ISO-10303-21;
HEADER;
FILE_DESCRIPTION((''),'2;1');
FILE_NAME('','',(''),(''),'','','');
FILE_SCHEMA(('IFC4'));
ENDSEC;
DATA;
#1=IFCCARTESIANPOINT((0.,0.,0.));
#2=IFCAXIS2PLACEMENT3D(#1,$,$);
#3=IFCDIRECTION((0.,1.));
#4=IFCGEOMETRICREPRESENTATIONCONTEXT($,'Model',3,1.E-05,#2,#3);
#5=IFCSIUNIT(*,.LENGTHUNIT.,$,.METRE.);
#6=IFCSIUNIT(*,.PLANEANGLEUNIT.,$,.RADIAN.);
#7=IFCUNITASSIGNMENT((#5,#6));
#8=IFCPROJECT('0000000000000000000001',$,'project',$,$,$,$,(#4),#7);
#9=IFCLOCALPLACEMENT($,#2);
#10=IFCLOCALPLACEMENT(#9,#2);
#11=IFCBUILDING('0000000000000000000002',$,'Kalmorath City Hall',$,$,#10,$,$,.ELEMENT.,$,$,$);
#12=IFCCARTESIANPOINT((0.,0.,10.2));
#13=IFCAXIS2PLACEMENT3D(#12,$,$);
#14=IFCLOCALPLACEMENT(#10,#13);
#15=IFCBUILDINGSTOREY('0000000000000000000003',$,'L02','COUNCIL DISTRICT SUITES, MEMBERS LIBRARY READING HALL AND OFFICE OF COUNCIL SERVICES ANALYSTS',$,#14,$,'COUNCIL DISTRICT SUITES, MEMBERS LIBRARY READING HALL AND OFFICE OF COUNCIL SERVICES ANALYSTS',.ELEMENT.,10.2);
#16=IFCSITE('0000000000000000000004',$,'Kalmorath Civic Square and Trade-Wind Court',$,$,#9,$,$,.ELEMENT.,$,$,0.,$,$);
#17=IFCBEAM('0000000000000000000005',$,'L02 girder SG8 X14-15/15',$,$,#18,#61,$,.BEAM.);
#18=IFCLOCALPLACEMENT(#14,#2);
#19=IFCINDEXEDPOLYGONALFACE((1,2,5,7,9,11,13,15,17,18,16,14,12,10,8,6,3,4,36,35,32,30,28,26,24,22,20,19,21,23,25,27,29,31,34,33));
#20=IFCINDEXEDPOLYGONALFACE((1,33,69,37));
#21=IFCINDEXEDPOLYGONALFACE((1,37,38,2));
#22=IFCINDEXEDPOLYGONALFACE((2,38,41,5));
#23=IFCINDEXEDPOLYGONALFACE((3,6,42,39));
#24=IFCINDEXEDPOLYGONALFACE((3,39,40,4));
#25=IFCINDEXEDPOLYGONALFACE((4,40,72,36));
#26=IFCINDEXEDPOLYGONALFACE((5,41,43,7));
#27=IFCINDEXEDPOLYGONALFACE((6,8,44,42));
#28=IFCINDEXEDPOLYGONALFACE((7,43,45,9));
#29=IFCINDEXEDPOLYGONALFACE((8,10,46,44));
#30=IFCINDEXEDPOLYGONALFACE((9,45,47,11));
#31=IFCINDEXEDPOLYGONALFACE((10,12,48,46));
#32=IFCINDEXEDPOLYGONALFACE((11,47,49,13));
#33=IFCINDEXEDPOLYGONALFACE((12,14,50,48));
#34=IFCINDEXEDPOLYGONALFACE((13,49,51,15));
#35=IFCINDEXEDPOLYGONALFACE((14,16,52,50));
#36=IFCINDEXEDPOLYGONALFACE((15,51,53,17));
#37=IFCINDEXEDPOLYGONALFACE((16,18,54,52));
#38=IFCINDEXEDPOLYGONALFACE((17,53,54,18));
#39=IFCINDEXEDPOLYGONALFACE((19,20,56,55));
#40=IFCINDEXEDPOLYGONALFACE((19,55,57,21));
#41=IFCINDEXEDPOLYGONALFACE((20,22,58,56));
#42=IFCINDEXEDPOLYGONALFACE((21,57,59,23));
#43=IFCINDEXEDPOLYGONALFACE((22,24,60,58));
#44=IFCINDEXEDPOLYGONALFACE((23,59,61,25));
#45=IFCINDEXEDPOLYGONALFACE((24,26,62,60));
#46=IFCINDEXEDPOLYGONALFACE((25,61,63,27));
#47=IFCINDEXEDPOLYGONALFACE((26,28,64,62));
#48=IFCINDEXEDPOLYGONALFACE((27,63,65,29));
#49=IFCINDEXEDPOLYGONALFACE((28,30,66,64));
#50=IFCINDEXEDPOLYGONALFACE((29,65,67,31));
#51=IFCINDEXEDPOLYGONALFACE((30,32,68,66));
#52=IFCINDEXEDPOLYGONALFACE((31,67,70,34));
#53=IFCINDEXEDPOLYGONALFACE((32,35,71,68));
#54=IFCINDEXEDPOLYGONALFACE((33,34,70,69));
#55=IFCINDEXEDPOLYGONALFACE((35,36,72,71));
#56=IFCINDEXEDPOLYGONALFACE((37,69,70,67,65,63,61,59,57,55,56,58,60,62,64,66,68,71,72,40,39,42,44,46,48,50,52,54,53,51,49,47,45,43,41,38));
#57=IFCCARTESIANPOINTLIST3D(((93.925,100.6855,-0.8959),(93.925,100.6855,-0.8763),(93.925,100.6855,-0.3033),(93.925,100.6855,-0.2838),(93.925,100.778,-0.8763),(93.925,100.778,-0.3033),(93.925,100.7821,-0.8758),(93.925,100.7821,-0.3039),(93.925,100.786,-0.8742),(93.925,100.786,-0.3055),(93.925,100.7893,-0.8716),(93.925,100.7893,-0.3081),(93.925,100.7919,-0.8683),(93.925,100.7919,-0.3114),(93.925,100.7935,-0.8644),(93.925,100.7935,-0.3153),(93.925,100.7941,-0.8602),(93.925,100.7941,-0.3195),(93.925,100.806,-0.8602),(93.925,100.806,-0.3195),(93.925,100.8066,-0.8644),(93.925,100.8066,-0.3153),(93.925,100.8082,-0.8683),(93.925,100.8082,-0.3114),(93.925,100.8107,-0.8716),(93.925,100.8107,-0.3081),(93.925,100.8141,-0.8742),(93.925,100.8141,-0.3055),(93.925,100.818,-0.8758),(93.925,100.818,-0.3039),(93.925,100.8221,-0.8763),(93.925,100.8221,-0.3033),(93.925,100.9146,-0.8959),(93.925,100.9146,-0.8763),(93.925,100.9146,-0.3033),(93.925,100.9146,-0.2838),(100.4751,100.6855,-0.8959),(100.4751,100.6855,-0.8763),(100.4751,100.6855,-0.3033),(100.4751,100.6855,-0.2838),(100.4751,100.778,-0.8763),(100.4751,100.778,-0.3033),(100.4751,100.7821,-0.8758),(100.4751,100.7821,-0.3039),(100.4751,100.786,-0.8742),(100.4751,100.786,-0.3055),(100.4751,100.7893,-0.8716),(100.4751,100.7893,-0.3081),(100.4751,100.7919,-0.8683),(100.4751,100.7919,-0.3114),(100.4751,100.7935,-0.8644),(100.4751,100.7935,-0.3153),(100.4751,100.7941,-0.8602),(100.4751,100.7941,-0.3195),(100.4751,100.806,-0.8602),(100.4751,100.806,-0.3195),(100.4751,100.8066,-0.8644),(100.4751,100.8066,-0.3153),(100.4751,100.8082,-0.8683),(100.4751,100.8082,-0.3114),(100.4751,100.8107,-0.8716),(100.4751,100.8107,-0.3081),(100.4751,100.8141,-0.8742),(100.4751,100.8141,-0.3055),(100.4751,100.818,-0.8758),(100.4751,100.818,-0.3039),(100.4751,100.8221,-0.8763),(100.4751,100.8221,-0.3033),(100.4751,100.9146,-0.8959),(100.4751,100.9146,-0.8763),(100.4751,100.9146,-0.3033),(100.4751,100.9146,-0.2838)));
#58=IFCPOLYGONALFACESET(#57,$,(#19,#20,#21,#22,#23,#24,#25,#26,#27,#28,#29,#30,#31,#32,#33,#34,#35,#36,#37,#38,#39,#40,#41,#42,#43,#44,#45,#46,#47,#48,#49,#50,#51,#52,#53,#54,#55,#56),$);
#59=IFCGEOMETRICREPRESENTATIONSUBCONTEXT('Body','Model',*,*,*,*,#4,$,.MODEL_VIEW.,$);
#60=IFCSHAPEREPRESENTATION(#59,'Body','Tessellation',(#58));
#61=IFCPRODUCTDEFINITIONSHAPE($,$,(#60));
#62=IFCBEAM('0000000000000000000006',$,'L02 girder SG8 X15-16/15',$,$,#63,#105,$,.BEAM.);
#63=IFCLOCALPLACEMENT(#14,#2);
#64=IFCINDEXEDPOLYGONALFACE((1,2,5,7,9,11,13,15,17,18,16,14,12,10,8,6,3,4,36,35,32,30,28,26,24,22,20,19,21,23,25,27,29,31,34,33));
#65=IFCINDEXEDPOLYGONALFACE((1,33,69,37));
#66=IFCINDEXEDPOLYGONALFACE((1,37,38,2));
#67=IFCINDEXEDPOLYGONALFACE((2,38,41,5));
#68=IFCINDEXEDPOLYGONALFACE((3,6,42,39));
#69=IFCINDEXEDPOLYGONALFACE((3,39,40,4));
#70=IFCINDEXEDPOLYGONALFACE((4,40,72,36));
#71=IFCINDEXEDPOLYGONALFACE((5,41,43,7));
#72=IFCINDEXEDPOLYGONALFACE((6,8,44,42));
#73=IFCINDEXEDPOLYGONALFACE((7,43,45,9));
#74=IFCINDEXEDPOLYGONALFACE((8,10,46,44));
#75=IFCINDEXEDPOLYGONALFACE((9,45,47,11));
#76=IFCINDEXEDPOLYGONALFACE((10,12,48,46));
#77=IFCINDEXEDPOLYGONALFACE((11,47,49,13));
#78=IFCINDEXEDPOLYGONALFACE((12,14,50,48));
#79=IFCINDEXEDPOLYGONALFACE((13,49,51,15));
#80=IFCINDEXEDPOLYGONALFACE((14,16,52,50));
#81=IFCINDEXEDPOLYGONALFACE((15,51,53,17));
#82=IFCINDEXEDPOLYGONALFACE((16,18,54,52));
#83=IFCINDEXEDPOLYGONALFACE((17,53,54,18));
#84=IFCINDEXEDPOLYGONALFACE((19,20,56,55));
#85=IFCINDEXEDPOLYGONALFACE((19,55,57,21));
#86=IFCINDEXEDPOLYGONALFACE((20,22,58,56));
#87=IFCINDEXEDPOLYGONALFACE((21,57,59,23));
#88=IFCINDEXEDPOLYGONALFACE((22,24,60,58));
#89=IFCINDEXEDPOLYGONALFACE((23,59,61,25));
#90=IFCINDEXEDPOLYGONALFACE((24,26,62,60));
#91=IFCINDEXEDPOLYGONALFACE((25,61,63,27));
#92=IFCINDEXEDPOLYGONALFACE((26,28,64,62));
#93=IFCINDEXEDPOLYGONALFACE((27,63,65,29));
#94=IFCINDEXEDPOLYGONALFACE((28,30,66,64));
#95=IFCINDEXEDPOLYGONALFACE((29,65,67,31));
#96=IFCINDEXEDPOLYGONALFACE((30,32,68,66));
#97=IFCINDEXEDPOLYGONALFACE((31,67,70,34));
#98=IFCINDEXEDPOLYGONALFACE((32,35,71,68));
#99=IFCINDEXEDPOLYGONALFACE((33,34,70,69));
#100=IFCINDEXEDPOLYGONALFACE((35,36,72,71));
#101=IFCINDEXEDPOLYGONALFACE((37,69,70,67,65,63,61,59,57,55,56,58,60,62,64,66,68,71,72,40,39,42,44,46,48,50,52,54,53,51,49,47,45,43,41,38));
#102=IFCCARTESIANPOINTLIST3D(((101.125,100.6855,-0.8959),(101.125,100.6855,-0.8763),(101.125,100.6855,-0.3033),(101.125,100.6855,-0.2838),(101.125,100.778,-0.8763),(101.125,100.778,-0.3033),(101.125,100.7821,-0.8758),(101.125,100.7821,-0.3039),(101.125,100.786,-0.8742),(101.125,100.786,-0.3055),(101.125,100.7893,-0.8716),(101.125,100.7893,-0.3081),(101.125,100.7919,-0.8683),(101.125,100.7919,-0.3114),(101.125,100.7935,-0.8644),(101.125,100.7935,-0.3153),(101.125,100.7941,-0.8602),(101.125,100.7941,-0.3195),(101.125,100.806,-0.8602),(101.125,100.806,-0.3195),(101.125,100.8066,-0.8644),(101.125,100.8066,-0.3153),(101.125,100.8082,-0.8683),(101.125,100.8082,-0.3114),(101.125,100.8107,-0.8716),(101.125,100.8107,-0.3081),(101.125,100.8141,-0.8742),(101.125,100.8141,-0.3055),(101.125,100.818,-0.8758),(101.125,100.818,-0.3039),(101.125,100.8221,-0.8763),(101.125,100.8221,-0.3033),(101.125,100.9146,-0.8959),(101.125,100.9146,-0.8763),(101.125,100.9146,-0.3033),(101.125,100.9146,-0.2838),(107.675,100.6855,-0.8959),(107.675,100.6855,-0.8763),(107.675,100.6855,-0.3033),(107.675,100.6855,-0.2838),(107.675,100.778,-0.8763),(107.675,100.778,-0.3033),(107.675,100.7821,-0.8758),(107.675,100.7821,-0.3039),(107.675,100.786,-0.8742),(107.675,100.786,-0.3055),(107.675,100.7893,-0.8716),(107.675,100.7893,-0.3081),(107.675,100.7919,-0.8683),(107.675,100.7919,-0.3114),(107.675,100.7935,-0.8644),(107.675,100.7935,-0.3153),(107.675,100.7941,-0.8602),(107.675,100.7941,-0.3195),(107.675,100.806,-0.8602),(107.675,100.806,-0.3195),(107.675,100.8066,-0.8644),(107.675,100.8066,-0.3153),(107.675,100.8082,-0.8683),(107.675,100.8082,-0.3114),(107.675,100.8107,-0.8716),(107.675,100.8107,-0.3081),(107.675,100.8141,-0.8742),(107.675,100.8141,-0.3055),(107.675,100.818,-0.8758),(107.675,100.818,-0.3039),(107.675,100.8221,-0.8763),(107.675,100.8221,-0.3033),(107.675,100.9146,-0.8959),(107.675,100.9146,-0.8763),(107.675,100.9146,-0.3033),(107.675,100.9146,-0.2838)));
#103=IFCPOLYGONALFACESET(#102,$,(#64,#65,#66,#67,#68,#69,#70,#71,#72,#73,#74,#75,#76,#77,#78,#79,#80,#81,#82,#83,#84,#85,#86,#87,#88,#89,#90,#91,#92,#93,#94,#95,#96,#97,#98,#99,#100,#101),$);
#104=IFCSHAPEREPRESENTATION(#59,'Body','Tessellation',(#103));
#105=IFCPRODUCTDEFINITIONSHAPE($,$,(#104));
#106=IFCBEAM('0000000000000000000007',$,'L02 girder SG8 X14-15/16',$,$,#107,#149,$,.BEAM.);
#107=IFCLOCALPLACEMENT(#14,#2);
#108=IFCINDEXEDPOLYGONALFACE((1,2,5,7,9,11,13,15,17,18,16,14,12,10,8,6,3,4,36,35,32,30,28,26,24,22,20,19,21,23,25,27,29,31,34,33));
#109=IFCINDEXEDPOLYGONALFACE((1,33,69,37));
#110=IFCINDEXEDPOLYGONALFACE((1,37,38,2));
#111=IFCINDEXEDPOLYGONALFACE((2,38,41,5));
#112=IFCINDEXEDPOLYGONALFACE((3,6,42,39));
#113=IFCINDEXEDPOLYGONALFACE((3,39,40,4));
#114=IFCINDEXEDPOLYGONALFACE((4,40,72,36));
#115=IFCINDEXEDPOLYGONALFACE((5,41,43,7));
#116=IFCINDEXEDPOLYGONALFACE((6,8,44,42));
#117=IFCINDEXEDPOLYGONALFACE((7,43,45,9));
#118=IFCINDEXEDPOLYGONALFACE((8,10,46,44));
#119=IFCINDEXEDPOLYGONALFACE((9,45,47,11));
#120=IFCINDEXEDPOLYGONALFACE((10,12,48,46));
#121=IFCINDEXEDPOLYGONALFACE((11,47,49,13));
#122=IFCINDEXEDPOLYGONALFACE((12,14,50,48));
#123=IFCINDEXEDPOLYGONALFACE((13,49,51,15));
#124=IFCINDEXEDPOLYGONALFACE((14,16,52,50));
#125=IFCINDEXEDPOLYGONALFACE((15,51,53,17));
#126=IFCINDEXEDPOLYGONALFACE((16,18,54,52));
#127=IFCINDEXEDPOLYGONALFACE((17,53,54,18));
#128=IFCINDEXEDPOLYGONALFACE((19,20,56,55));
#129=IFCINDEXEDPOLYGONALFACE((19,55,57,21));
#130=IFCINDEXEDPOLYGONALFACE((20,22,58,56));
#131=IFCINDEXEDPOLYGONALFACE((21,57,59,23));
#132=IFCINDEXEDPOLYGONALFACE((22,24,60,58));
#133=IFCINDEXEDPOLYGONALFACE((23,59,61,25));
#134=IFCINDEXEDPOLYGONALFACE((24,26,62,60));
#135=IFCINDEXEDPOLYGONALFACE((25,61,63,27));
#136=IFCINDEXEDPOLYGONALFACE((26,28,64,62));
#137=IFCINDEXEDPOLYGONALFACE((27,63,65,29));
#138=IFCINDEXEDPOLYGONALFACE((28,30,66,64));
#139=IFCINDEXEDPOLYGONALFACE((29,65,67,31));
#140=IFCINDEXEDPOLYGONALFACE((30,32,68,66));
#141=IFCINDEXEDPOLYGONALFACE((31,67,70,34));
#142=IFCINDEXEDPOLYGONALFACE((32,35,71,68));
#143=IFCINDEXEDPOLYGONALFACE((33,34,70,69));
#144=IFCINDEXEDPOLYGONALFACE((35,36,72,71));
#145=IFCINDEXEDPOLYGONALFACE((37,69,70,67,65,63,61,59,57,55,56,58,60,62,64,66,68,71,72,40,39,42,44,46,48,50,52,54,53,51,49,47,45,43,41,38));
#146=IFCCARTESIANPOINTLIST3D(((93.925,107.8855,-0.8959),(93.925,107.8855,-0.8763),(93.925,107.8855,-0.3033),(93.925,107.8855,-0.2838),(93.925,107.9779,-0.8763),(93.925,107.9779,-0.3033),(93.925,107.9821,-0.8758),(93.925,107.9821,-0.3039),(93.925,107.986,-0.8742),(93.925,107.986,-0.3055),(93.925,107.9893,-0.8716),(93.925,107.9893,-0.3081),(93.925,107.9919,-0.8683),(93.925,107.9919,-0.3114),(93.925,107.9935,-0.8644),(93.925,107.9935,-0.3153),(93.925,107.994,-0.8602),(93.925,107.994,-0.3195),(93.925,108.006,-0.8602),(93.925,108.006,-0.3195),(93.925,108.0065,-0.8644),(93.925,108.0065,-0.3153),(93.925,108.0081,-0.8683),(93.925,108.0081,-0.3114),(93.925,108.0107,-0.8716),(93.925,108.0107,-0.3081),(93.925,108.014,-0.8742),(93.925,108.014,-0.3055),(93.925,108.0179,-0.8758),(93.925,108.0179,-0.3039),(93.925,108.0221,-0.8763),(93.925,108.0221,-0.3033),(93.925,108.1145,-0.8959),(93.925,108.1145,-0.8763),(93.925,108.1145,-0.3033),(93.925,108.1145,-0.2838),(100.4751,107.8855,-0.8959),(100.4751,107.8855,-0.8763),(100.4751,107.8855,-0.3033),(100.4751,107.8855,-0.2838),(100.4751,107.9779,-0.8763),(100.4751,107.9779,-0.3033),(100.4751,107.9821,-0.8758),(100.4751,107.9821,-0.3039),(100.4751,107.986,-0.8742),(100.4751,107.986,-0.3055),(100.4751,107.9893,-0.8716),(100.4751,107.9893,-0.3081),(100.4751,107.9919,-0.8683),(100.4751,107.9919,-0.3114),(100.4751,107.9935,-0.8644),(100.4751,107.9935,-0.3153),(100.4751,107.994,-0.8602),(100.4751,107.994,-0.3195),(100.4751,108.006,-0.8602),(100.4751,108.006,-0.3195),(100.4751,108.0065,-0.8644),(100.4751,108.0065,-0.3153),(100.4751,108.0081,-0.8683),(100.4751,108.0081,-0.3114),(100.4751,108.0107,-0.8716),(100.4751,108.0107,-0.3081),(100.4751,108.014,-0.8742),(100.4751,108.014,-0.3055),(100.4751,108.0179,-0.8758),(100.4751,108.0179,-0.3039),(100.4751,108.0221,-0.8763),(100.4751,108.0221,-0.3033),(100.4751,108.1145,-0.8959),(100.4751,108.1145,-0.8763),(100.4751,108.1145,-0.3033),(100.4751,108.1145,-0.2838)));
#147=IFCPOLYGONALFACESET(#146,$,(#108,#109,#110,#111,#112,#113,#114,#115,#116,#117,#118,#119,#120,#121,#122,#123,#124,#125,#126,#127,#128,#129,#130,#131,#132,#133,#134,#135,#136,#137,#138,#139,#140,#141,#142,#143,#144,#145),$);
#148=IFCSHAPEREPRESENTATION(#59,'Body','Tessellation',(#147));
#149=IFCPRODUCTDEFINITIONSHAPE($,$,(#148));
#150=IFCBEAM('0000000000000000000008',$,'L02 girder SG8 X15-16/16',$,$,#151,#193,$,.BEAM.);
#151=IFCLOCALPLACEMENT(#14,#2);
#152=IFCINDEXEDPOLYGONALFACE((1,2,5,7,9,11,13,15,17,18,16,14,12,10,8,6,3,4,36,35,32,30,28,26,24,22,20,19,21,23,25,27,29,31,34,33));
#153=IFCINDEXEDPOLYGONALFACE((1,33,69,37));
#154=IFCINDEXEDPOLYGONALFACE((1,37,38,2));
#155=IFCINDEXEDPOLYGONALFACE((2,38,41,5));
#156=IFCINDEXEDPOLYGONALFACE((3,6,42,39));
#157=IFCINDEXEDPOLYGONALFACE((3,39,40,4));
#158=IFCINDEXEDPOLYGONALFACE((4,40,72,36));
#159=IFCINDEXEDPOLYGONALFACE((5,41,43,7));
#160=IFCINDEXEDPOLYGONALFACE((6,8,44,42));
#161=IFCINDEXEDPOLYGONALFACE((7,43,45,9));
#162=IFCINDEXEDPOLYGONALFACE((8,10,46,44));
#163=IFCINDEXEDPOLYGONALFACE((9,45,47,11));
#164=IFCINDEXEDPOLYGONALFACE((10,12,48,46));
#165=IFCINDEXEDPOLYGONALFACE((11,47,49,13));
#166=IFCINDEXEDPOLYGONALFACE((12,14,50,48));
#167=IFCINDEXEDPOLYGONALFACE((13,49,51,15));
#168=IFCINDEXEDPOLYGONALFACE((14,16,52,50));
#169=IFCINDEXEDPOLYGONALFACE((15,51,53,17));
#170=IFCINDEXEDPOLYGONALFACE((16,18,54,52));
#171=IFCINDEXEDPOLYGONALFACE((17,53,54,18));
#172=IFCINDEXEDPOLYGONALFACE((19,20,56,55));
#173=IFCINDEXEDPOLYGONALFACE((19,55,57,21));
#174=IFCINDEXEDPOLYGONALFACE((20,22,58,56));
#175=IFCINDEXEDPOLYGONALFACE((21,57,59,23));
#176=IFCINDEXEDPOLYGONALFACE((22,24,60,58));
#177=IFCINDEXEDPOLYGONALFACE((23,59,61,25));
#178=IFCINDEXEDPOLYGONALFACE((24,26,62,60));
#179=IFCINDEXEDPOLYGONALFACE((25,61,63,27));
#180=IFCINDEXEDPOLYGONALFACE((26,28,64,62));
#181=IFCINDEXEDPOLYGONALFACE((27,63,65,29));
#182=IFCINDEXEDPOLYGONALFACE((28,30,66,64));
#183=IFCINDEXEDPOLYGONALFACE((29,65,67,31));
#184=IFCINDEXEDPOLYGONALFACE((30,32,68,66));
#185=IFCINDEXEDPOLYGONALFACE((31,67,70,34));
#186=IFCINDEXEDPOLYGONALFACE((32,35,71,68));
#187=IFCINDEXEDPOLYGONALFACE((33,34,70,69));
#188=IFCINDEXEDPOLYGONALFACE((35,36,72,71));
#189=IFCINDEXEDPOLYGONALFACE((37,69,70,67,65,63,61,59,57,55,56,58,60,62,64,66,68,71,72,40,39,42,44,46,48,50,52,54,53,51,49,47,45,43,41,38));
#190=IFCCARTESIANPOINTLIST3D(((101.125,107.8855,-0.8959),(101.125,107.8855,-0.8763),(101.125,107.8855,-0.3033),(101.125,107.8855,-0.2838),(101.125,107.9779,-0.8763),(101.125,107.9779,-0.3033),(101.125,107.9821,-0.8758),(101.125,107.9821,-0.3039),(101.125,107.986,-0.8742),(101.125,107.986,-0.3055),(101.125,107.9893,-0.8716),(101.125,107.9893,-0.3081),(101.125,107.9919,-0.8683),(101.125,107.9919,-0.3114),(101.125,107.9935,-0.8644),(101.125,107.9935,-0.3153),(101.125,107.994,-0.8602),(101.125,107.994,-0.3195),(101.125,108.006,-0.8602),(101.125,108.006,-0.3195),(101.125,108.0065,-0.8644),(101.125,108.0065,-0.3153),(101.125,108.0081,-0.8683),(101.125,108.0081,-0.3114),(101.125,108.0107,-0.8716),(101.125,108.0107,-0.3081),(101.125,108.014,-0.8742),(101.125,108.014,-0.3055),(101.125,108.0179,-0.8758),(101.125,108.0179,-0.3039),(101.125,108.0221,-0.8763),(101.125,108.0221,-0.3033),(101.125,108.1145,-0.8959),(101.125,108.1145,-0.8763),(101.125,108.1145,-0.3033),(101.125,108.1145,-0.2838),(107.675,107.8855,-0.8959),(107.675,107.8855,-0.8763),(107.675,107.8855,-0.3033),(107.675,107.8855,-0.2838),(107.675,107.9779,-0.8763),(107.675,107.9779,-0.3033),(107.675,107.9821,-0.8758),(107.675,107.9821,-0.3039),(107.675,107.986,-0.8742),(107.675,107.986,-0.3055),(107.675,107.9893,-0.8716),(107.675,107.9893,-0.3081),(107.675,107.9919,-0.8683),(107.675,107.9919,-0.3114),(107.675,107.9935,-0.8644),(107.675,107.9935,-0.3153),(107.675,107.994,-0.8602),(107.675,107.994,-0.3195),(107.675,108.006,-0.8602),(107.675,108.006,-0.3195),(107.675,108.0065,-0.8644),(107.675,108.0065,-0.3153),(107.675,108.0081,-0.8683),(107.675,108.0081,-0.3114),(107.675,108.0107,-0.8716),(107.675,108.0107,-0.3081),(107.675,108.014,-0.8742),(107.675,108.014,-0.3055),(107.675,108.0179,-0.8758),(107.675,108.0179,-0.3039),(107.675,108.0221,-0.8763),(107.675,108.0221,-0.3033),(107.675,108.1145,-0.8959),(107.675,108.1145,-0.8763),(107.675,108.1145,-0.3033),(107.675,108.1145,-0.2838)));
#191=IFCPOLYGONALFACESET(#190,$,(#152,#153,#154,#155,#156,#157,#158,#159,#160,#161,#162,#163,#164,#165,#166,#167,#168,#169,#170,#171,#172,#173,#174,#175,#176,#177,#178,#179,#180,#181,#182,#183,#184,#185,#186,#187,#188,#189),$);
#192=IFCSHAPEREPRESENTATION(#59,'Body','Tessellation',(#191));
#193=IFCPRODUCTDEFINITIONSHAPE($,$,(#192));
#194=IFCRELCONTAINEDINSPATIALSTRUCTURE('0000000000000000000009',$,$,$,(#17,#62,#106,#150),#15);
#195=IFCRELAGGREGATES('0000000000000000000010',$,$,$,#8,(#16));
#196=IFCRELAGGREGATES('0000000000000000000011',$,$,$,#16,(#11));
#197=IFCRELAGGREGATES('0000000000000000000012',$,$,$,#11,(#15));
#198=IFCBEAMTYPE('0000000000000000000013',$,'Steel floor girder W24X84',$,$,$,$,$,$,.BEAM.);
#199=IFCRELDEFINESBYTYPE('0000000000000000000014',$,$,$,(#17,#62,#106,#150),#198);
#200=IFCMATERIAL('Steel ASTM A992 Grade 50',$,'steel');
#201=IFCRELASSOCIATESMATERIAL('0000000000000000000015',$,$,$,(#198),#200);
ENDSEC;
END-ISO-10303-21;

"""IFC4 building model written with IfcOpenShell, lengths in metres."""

from ifc_helpers import new_model, si_unit, direction, frame, origin, origin_2d, place, context, subcontext, project, spatial, i_section, extrude, material, material_profile, profile_set, type_object, element, save


model = new_model("IFC4")

# Units and contexts
model_context = context("Model", 3, precision=1e-05, world=origin(), true_north=direction((0.0, 1.0)))
body_context = subcontext(model_context, "Body", "Model", "MODEL_VIEW")
ifc_project = project(units=[si_unit("LENGTHUNIT", "METRE"), si_unit("PLANEANGLEUNIT", "RADIAN")], contexts=[model_context])

# Site, building, storey
site_placement = place(None, origin())
site = spatial("IfcSite", under=ifc_project, at=site_placement, Name="Kalmorath Civic Square and Trade-Wind Court", CompositionType="ELEMENT", RefElevation=0.0)
building_placement = place(site_placement, origin())
building = spatial("IfcBuilding", under=site, at=building_placement, Name="Kalmorath City Hall", CompositionType="ELEMENT")
storey_placement = place(building_placement, frame((0.0, 0.0, 10.2)))
storey = spatial("IfcBuildingStorey", under=building, at=storey_placement, Name="L02", Description="COUNCIL DISTRICT SUITES, MEMBERS LIBRARY READING HALL AND OFFICE OF COUNCIL SERVICES ANALYSTS", LongName="COUNCIL DISTRICT SUITES, MEMBERS LIBRARY READING HALL AND OFFICE OF COUNCIL SERVICES ANALYSTS", CompositionType="ELEMENT", Elevation=10.2)

# Beams
ifc_material_1 = material(Name="Steel ASTM A992 Grade 50", Category="steel")
ifc_material_profile_1 = material_profile(ifc_material_1, i_section(OverallWidth=0.229, OverallDepth=0.6121, WebThickness=0.012, FlangeThickness=0.0195, FilletRadius=0.0161, at=origin_2d()), Name="W24X84")
ifc_profile_set_1 = profile_set([ifc_material_profile_1], Name="Steel ASTM A992 Grade 50")
beam_type_1 = type_object("IfcBeamType", Name="Steel floor girder W24X84", PredefinedType="BEAM", material=ifc_profile_set_1)
for number, where, z_axis, x_axis, name in (
    (1, (93.925, 100.8, -0.5898), (1.0, 0.0, 0.0), (0.0, 1.0, 0.0), "L02 girder SG8 X14-15/15"),
    (2, (101.125, 100.8, -0.5898), (1.0, 0.0, 0.0), (0.0, 1.0, 0.0), "L02 girder SG8 X15-16/15"),
    (3, (93.925, 108.0, -0.5898), (1.0, 0.0, 0.0), (0.0, 1.0, 0.0), "L02 girder SG8 X14-15/16"),
    (4, (101.125, 108.0, -0.5898), (1.0, 0.0, 0.0), (0.0, 1.0, 0.0), "L02 girder SG8 X15-16/16"),
):
    element("IfcBeam", number, at=place(storey_placement, frame(where, z_axis=z_axis, x_axis=x_axis)), inside=storey, type_object=beam_type_1, Name=name, PredefinedType="BEAM", context=body_context, shape_type="SweptSolid", body=[
        extrude(i_section(OverallWidth=0.229, OverallDepth=0.6121, WebThickness=0.012, FlangeThickness=0.0195, FilletRadius=0.0161, at=origin_2d()), origin(), (0.0, 0.0, 1.0), 6.55),
    ])

save(model, "model.ifc")
